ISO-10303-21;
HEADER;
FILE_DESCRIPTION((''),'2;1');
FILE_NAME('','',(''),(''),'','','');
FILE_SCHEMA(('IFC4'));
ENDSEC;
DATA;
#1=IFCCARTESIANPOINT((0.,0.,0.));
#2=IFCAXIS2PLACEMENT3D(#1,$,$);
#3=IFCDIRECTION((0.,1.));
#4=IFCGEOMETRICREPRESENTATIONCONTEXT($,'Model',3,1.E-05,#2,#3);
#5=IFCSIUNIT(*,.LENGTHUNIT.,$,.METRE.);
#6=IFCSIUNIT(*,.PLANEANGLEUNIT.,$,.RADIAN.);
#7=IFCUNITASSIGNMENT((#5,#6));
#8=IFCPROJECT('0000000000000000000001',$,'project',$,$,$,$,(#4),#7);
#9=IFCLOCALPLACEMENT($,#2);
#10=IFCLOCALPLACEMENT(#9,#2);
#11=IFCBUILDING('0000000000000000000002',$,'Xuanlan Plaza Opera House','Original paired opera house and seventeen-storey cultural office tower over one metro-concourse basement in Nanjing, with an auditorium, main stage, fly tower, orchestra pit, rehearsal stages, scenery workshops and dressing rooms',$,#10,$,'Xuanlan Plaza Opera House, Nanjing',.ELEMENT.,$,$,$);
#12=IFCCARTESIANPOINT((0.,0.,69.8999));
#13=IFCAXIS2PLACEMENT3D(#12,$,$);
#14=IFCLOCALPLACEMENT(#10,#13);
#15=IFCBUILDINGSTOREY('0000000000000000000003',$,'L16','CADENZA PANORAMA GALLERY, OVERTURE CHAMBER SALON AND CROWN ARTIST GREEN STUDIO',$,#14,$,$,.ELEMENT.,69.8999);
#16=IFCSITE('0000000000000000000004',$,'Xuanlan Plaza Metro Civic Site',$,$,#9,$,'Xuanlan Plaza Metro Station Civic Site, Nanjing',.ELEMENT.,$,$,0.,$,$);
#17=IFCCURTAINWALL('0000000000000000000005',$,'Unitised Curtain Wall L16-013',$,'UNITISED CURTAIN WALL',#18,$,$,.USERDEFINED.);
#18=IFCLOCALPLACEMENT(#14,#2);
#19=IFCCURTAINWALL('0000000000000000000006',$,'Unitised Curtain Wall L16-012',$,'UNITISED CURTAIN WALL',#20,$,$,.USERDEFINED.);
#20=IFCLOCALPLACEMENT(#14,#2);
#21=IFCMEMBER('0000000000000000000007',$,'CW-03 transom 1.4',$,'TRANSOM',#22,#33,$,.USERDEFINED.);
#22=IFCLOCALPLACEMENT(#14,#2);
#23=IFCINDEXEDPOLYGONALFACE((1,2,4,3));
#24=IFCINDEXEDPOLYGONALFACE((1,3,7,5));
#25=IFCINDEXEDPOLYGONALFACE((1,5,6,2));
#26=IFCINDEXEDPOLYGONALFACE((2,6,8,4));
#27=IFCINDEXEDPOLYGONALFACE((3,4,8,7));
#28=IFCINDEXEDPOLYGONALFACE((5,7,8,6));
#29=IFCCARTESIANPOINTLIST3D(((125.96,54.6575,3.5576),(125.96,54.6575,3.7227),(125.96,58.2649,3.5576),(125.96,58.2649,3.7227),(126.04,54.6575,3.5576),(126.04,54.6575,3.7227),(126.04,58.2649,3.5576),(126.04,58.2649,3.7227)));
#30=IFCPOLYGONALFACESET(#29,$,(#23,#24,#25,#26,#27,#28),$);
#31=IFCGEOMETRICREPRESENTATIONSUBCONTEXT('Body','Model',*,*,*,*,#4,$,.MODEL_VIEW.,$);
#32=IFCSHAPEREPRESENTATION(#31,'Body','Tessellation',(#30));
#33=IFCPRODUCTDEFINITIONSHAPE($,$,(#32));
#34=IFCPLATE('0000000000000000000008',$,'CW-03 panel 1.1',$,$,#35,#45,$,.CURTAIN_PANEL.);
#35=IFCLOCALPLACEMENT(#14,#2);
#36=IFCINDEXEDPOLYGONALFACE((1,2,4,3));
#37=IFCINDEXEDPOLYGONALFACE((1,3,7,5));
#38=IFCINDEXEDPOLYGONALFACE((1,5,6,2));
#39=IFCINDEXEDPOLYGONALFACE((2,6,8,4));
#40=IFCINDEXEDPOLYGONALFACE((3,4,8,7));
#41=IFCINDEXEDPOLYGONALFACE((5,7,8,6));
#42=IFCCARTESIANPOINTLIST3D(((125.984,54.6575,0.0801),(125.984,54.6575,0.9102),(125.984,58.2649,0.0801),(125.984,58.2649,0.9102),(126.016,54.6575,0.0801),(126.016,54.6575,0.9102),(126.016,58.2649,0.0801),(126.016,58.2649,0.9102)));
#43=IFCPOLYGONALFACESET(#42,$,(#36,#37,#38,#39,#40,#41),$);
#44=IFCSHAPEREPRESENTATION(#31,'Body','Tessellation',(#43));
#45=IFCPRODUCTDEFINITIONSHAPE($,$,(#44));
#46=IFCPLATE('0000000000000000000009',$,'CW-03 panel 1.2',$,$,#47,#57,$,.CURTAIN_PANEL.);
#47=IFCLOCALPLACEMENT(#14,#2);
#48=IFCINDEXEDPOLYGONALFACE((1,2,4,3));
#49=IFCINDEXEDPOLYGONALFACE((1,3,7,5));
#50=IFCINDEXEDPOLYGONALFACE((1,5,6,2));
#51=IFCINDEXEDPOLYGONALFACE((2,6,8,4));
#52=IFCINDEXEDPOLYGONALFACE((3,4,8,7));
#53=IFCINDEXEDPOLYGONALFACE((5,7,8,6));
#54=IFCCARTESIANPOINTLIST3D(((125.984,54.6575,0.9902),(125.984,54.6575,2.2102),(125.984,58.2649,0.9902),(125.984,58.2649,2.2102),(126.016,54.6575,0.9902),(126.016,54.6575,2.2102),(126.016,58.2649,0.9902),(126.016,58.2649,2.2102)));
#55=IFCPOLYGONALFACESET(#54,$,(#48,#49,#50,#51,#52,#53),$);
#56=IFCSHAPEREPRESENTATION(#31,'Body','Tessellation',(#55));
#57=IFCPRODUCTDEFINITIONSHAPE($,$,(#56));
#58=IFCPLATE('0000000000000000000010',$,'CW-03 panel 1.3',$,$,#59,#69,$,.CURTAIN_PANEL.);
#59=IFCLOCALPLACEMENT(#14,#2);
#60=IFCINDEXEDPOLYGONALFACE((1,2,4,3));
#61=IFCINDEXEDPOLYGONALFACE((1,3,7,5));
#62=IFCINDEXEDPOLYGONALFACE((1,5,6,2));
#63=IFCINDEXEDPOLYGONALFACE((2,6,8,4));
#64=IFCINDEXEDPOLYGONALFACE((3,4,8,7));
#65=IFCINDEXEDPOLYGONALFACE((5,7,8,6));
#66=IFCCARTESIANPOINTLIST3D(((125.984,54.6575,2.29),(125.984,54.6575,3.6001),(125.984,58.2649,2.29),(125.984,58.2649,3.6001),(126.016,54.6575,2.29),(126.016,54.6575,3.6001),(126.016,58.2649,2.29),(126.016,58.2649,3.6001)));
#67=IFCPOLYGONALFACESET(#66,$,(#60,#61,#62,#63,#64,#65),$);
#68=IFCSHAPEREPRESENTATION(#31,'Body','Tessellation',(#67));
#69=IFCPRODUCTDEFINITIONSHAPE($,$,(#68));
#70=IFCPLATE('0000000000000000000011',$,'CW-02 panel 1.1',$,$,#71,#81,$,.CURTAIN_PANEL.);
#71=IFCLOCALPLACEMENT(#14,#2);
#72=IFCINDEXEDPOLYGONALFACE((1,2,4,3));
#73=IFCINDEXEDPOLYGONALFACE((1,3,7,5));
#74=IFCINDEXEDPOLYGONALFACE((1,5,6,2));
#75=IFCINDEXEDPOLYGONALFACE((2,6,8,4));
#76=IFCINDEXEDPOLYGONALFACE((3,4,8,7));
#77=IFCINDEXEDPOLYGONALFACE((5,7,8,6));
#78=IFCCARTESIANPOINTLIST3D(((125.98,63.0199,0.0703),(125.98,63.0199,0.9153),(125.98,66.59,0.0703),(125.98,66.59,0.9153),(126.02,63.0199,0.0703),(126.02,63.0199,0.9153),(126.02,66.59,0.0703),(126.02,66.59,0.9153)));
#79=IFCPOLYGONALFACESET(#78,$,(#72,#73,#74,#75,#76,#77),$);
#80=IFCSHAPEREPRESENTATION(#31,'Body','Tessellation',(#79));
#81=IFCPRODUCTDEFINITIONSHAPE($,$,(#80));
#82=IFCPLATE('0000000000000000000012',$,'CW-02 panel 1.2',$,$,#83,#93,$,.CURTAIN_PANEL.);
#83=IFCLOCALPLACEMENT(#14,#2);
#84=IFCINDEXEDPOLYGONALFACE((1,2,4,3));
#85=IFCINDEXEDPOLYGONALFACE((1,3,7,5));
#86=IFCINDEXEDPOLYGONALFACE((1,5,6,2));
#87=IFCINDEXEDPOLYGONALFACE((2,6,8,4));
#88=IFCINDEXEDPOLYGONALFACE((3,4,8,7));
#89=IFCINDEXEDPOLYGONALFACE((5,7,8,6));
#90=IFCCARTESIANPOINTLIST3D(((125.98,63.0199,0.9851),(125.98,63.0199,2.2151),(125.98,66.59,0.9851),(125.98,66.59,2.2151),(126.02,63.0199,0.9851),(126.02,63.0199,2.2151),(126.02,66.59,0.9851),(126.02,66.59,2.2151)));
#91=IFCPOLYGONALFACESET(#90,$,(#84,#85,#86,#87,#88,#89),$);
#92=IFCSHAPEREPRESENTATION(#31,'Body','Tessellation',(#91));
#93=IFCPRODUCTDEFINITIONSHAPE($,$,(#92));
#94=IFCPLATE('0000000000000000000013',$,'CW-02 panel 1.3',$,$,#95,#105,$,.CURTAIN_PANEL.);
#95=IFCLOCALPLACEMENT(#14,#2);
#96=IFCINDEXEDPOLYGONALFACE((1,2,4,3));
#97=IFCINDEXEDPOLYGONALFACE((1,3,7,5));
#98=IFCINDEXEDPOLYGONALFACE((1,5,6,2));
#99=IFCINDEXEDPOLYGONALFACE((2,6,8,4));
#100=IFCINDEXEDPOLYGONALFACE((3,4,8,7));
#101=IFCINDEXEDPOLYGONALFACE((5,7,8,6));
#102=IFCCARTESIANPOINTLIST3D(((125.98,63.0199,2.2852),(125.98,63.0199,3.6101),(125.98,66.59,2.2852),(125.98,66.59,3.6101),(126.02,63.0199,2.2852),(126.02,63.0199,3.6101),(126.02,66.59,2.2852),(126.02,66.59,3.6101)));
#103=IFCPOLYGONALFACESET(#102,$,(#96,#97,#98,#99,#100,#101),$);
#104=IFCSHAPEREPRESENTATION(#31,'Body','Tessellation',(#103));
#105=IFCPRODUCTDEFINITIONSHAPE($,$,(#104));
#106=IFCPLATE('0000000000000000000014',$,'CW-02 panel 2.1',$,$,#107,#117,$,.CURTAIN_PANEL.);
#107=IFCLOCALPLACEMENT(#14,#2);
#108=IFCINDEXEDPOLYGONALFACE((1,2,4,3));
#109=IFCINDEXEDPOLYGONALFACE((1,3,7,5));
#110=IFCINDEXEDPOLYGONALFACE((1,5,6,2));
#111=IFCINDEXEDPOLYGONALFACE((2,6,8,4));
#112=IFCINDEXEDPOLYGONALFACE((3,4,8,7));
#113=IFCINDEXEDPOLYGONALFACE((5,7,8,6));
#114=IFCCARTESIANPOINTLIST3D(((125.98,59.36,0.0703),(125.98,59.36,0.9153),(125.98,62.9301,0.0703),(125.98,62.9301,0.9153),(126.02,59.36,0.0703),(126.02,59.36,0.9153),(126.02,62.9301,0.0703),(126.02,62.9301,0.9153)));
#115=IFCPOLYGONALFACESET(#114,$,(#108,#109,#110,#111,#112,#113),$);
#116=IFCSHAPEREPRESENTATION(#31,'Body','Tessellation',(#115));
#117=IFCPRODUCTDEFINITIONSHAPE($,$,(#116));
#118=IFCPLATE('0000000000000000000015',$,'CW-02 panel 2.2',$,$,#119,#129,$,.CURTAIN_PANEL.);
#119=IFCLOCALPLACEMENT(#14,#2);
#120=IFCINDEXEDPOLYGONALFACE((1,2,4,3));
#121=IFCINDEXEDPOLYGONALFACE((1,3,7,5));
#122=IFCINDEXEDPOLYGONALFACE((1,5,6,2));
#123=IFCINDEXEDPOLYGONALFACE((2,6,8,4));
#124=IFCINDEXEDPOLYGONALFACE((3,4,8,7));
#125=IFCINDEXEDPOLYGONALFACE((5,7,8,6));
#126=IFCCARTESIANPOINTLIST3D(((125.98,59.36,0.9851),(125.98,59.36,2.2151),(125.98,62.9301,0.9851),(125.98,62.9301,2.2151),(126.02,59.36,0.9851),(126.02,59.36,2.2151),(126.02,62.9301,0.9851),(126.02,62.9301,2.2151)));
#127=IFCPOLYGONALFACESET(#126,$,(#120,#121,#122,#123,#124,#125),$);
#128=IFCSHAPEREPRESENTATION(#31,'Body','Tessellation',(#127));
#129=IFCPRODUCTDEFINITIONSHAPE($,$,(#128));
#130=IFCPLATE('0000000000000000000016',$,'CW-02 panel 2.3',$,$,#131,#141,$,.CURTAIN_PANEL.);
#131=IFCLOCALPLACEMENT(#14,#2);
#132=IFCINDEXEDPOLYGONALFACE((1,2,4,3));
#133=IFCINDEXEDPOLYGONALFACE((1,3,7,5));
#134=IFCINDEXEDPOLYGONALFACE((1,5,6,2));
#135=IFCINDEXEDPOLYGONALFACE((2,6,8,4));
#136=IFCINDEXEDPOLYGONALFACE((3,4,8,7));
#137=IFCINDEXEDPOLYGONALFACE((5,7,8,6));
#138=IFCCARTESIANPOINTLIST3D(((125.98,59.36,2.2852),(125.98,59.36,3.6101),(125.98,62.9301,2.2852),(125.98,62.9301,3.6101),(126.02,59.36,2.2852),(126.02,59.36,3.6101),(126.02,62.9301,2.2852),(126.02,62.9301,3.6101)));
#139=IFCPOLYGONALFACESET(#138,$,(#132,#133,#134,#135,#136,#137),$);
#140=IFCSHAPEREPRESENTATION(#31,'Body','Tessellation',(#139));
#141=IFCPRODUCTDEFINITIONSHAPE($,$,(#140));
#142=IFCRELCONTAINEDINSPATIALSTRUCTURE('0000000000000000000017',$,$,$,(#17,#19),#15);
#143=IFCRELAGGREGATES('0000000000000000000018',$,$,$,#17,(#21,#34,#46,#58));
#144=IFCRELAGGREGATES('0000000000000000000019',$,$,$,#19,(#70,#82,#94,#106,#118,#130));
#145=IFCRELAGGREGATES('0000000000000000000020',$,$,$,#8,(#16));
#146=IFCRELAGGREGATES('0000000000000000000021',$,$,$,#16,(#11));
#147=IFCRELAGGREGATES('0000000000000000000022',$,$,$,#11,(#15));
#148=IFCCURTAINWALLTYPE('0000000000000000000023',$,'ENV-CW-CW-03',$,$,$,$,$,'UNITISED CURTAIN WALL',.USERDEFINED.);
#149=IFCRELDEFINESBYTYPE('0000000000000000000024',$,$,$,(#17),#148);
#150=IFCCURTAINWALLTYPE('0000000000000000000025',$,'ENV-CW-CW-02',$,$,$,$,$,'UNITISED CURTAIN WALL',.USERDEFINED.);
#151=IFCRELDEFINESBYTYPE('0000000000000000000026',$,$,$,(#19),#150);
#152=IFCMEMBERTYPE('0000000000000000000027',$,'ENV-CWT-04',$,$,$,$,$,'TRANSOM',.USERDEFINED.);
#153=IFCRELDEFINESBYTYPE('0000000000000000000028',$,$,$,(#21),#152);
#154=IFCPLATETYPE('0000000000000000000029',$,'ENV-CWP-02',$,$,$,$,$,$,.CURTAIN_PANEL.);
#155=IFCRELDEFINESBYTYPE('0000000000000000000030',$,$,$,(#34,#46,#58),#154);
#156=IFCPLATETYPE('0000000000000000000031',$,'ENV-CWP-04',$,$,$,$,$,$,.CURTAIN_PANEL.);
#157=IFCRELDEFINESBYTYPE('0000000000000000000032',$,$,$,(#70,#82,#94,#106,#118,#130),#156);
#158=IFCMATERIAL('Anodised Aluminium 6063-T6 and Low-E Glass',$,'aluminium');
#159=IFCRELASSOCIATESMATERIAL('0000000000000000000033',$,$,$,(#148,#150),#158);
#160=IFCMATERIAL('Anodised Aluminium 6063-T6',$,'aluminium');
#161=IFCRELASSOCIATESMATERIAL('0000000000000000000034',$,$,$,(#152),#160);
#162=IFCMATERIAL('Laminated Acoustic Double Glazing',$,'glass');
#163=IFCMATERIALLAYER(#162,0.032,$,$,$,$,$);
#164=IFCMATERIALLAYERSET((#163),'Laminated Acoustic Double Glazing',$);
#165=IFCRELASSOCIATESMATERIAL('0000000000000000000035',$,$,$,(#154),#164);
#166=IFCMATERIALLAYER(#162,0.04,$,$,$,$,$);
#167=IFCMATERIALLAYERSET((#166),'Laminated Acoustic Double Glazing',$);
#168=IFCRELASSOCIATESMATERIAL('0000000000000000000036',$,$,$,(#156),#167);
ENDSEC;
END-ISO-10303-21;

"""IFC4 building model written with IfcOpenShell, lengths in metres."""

from ifc_helpers import new_model, si_unit, direction, frame, origin, origin_2d, place, context, subcontext, project, spatial, rectangle, extrude, material, layer, layer_set, material_profile, profile_set, type_object, element, aggregate, save


model = new_model("IFC4")

# Units and contexts
model_context = context("Model", 3, precision=1e-05, world=origin(), true_north=direction((0.0, 1.0)))
body_context = subcontext(model_context, "Body", "Model", "MODEL_VIEW")
ifc_project = project(units=[si_unit("LENGTHUNIT", "METRE"), si_unit("PLANEANGLEUNIT", "RADIAN")], contexts=[model_context])

# Site, building, storey
site_placement = place(None, origin())
site = spatial("IfcSite", under=ifc_project, at=site_placement, Name="Xuanlan Plaza Metro Civic Site", LongName="Xuanlan Plaza Metro Station Civic Site, Nanjing", CompositionType="ELEMENT", RefElevation=0.0)
building_placement = place(site_placement, origin())
building = spatial("IfcBuilding", under=site, at=building_placement, Name="Xuanlan Plaza Opera House", Description="Original paired opera house and seventeen-storey cultural office tower over one metro-concourse basement in Nanjing, with an auditorium, main stage, fly tower, orchestra pit, rehearsal stages, scenery workshops and dressing rooms", LongName="Xuanlan Plaza Opera House, Nanjing", CompositionType="ELEMENT")
storey_placement = place(building_placement, frame((0.0, 0.0, 69.8999)))
storey = spatial("IfcBuildingStorey", under=building, at=storey_placement, Name="L16", Description="CADENZA PANORAMA GALLERY, OVERTURE CHAMBER SALON AND CROWN ARTIST GREEN STUDIO", CompositionType="ELEMENT", Elevation=69.8999)

# Curtain walls
ifc_material_1 = material(Name="Anodised Aluminium 6063-T6 and Low-E Glass", Category="aluminium")
curtain_wall_type_1 = type_object("IfcCurtainWallType", Name="ENV-CW-CW-03", ElementType="UNITISED CURTAIN WALL", PredefinedType="USERDEFINED", material=ifc_material_1)
curtain_wall_1_placement = place(storey_placement, origin())
curtain_wall_1 = element("IfcCurtainWall", 1, at=curtain_wall_1_placement, inside=storey, type_object=curtain_wall_type_1, Name="Unitised Curtain Wall L16-013", ObjectType="UNITISED CURTAIN WALL", PredefinedType="USERDEFINED")
ifc_material_2 = material(Name="Anodised Aluminium 6063-T6", Category="aluminium")
curtain_wall_type_2 = type_object("IfcCurtainWallType", Name="ENV-CW-CW-02", ElementType="UNITISED CURTAIN WALL", PredefinedType="USERDEFINED", material=ifc_material_1)
curtain_wall_2_placement = place(storey_placement, origin())
curtain_wall_2 = element("IfcCurtainWall", 2, at=curtain_wall_2_placement, inside=storey, type_object=curtain_wall_type_2, Name="Unitised Curtain Wall L16-012", ObjectType="UNITISED CURTAIN WALL", PredefinedType="USERDEFINED")

# Member
ifc_material_profile_1 = material_profile(ifc_material_2, rectangle(XDim=0.0801, YDim=0.165, at=origin_2d()), Name="ALU-T 80x165")
ifc_profile_set_1 = profile_set([ifc_material_profile_1], Name="Anodised Aluminium 6063-T6")
member_type_1 = type_object("IfcMemberType", Name="ENV-CWT-04", ElementType="TRANSOM", PredefinedType="USERDEFINED", material=ifc_profile_set_1)
member_1_placement = place(storey_placement, frame((126.0, 58.2649, 3.6401), z_axis=(0.0, -1.0, 0.0), x_axis=(1.0, 0.0, 0.0)))
member_1 = element("IfcMember", 3, at=member_1_placement, type_object=member_type_1, Name="CW-03 transom 1.4", ObjectType="TRANSOM", PredefinedType="USERDEFINED", context=body_context, shape_type="SweptSolid", body=[
    extrude(rectangle(XDim=0.0801, YDim=0.165, at=origin_2d()), origin(), (0.0, 0.0, 1.0), 3.6074),
])

# Plates
ifc_material_3 = material(Name="Laminated Acoustic Double Glazing", Category="glass")
ifc_layer_1 = layer(ifc_material_3, 0.032)
ifc_layer_set_1 = layer_set([ifc_layer_1], Name="Laminated Acoustic Double Glazing")
plate_type_1 = type_object("IfcPlateType", Name="ENV-CWP-02", PredefinedType="CURTAIN_PANEL", material=ifc_layer_set_1)
plate_1_placement = place(storey_placement, frame((126.0, 56.4612, 0.0801), z_axis=(0.0, 0.0, 1.0), x_axis=(0.0, -1.0, 0.0)))
plate_1 = element("IfcPlate", 4, at=plate_1_placement, type_object=plate_type_1, Name="CW-03 panel 1.1", PredefinedType="CURTAIN_PANEL", context=body_context, shape_type="SweptSolid", body=[
    extrude(rectangle(XDim=3.6074, YDim=0.032, at=origin_2d()), origin(), (0.0, 0.0, 1.0), 0.8301),
])
plate_2_placement = place(storey_placement, frame((126.0, 56.4612, 0.9902), z_axis=(0.0, 0.0, 1.0), x_axis=(0.0, -1.0, 0.0)))
plate_2 = element("IfcPlate", 5, at=plate_2_placement, type_object=plate_type_1, Name="CW-03 panel 1.2", PredefinedType="CURTAIN_PANEL", context=body_context, shape_type="SweptSolid", body=[
    extrude(rectangle(XDim=3.6074, YDim=0.032, at=origin_2d()), origin(), (0.0, 0.0, 1.0), 1.22),
])
plate_3_placement = place(storey_placement, frame((126.0, 56.4612, 2.29), z_axis=(0.0, 0.0, 1.0), x_axis=(0.0, -1.0, 0.0)))
plate_3 = element("IfcPlate", 6, at=plate_3_placement, type_object=plate_type_1, Name="CW-03 panel 1.3", PredefinedType="CURTAIN_PANEL", context=body_context, shape_type="SweptSolid", body=[
    extrude(rectangle(XDim=3.6074, YDim=0.032, at=origin_2d()), origin(), (0.0, 0.0, 1.0), 1.3101),
])
aggregate(curtain_wall_1, [member_1, plate_1, plate_2, plate_3])
ifc_layer_2 = layer(ifc_material_3, 0.04)
ifc_layer_set_2 = layer_set([ifc_layer_2], Name="Laminated Acoustic Double Glazing")
plate_type_2 = type_object("IfcPlateType", Name="ENV-CWP-04", PredefinedType="CURTAIN_PANEL", material=ifc_layer_set_2)
plate_4_placement = place(storey_placement, frame((126.0, 64.8049, 0.0703), z_axis=(0.0, 0.0, 1.0), x_axis=(0.0, -1.0, 0.0)))
plate_4 = element("IfcPlate", 7, at=plate_4_placement, type_object=plate_type_2, Name="CW-02 panel 1.1", PredefinedType="CURTAIN_PANEL", context=body_context, shape_type="SweptSolid", body=[
    extrude(rectangle(XDim=3.5701, YDim=0.04, at=origin_2d()), origin(), (0.0, 0.0, 1.0), 0.845),
])
plate_5_placement = place(storey_placement, frame((126.0, 64.8049, 0.9851), z_axis=(0.0, 0.0, 1.0), x_axis=(0.0, -1.0, 0.0)))
plate_5 = element("IfcPlate", 8, at=plate_5_placement, type_object=plate_type_2, Name="CW-02 panel 1.2", PredefinedType="CURTAIN_PANEL", context=body_context, shape_type="SweptSolid", body=[
    extrude(rectangle(XDim=3.5701, YDim=0.04, at=origin_2d()), origin(), (0.0, 0.0, 1.0), 1.23),
])
plate_6_placement = place(storey_placement, frame((126.0, 64.8049, 2.2852), z_axis=(0.0, 0.0, 1.0), x_axis=(0.0, -1.0, 0.0)))
plate_6 = element("IfcPlate", 9, at=plate_6_placement, type_object=plate_type_2, Name="CW-02 panel 1.3", PredefinedType="CURTAIN_PANEL", context=body_context, shape_type="SweptSolid", body=[
    extrude(rectangle(XDim=3.5701, YDim=0.04, at=origin_2d()), origin(), (0.0, 0.0, 1.0), 1.325),
])
plate_7_placement = place(storey_placement, frame((126.0, 61.145, 0.0703), z_axis=(0.0, 0.0, 1.0), x_axis=(0.0, -1.0, 0.0)))
plate_7 = element("IfcPlate", 10, at=plate_7_placement, type_object=plate_type_2, Name="CW-02 panel 2.1", PredefinedType="CURTAIN_PANEL", context=body_context, shape_type="SweptSolid", body=[
    extrude(rectangle(XDim=3.5701, YDim=0.04, at=origin_2d()), origin(), (0.0, 0.0, 1.0), 0.845),
])
plate_8_placement = place(storey_placement, frame((126.0, 61.145, 0.9851), z_axis=(0.0, 0.0, 1.0), x_axis=(0.0, -1.0, 0.0)))
plate_8 = element("IfcPlate", 11, at=plate_8_placement, type_object=plate_type_2, Name="CW-02 panel 2.2", PredefinedType="CURTAIN_PANEL", context=body_context, shape_type="SweptSolid", body=[
    extrude(rectangle(XDim=3.5701, YDim=0.04, at=origin_2d()), origin(), (0.0, 0.0, 1.0), 1.23),
])
plate_9_placement = place(storey_placement, frame((126.0, 61.145, 2.2852), z_axis=(0.0, 0.0, 1.0), x_axis=(0.0, -1.0, 0.0)))
plate_9 = element("IfcPlate", 12, at=plate_9_placement, type_object=plate_type_2, Name="CW-02 panel 2.3", PredefinedType="CURTAIN_PANEL", context=body_context, shape_type="SweptSolid", body=[
    extrude(rectangle(XDim=3.5701, YDim=0.04, at=origin_2d()), origin(), (0.0, 0.0, 1.0), 1.325),
])
aggregate(curtain_wall_2, [plate_4, plate_5, plate_6, plate_7, plate_8, plate_9])

save(model, "model.ifc")
